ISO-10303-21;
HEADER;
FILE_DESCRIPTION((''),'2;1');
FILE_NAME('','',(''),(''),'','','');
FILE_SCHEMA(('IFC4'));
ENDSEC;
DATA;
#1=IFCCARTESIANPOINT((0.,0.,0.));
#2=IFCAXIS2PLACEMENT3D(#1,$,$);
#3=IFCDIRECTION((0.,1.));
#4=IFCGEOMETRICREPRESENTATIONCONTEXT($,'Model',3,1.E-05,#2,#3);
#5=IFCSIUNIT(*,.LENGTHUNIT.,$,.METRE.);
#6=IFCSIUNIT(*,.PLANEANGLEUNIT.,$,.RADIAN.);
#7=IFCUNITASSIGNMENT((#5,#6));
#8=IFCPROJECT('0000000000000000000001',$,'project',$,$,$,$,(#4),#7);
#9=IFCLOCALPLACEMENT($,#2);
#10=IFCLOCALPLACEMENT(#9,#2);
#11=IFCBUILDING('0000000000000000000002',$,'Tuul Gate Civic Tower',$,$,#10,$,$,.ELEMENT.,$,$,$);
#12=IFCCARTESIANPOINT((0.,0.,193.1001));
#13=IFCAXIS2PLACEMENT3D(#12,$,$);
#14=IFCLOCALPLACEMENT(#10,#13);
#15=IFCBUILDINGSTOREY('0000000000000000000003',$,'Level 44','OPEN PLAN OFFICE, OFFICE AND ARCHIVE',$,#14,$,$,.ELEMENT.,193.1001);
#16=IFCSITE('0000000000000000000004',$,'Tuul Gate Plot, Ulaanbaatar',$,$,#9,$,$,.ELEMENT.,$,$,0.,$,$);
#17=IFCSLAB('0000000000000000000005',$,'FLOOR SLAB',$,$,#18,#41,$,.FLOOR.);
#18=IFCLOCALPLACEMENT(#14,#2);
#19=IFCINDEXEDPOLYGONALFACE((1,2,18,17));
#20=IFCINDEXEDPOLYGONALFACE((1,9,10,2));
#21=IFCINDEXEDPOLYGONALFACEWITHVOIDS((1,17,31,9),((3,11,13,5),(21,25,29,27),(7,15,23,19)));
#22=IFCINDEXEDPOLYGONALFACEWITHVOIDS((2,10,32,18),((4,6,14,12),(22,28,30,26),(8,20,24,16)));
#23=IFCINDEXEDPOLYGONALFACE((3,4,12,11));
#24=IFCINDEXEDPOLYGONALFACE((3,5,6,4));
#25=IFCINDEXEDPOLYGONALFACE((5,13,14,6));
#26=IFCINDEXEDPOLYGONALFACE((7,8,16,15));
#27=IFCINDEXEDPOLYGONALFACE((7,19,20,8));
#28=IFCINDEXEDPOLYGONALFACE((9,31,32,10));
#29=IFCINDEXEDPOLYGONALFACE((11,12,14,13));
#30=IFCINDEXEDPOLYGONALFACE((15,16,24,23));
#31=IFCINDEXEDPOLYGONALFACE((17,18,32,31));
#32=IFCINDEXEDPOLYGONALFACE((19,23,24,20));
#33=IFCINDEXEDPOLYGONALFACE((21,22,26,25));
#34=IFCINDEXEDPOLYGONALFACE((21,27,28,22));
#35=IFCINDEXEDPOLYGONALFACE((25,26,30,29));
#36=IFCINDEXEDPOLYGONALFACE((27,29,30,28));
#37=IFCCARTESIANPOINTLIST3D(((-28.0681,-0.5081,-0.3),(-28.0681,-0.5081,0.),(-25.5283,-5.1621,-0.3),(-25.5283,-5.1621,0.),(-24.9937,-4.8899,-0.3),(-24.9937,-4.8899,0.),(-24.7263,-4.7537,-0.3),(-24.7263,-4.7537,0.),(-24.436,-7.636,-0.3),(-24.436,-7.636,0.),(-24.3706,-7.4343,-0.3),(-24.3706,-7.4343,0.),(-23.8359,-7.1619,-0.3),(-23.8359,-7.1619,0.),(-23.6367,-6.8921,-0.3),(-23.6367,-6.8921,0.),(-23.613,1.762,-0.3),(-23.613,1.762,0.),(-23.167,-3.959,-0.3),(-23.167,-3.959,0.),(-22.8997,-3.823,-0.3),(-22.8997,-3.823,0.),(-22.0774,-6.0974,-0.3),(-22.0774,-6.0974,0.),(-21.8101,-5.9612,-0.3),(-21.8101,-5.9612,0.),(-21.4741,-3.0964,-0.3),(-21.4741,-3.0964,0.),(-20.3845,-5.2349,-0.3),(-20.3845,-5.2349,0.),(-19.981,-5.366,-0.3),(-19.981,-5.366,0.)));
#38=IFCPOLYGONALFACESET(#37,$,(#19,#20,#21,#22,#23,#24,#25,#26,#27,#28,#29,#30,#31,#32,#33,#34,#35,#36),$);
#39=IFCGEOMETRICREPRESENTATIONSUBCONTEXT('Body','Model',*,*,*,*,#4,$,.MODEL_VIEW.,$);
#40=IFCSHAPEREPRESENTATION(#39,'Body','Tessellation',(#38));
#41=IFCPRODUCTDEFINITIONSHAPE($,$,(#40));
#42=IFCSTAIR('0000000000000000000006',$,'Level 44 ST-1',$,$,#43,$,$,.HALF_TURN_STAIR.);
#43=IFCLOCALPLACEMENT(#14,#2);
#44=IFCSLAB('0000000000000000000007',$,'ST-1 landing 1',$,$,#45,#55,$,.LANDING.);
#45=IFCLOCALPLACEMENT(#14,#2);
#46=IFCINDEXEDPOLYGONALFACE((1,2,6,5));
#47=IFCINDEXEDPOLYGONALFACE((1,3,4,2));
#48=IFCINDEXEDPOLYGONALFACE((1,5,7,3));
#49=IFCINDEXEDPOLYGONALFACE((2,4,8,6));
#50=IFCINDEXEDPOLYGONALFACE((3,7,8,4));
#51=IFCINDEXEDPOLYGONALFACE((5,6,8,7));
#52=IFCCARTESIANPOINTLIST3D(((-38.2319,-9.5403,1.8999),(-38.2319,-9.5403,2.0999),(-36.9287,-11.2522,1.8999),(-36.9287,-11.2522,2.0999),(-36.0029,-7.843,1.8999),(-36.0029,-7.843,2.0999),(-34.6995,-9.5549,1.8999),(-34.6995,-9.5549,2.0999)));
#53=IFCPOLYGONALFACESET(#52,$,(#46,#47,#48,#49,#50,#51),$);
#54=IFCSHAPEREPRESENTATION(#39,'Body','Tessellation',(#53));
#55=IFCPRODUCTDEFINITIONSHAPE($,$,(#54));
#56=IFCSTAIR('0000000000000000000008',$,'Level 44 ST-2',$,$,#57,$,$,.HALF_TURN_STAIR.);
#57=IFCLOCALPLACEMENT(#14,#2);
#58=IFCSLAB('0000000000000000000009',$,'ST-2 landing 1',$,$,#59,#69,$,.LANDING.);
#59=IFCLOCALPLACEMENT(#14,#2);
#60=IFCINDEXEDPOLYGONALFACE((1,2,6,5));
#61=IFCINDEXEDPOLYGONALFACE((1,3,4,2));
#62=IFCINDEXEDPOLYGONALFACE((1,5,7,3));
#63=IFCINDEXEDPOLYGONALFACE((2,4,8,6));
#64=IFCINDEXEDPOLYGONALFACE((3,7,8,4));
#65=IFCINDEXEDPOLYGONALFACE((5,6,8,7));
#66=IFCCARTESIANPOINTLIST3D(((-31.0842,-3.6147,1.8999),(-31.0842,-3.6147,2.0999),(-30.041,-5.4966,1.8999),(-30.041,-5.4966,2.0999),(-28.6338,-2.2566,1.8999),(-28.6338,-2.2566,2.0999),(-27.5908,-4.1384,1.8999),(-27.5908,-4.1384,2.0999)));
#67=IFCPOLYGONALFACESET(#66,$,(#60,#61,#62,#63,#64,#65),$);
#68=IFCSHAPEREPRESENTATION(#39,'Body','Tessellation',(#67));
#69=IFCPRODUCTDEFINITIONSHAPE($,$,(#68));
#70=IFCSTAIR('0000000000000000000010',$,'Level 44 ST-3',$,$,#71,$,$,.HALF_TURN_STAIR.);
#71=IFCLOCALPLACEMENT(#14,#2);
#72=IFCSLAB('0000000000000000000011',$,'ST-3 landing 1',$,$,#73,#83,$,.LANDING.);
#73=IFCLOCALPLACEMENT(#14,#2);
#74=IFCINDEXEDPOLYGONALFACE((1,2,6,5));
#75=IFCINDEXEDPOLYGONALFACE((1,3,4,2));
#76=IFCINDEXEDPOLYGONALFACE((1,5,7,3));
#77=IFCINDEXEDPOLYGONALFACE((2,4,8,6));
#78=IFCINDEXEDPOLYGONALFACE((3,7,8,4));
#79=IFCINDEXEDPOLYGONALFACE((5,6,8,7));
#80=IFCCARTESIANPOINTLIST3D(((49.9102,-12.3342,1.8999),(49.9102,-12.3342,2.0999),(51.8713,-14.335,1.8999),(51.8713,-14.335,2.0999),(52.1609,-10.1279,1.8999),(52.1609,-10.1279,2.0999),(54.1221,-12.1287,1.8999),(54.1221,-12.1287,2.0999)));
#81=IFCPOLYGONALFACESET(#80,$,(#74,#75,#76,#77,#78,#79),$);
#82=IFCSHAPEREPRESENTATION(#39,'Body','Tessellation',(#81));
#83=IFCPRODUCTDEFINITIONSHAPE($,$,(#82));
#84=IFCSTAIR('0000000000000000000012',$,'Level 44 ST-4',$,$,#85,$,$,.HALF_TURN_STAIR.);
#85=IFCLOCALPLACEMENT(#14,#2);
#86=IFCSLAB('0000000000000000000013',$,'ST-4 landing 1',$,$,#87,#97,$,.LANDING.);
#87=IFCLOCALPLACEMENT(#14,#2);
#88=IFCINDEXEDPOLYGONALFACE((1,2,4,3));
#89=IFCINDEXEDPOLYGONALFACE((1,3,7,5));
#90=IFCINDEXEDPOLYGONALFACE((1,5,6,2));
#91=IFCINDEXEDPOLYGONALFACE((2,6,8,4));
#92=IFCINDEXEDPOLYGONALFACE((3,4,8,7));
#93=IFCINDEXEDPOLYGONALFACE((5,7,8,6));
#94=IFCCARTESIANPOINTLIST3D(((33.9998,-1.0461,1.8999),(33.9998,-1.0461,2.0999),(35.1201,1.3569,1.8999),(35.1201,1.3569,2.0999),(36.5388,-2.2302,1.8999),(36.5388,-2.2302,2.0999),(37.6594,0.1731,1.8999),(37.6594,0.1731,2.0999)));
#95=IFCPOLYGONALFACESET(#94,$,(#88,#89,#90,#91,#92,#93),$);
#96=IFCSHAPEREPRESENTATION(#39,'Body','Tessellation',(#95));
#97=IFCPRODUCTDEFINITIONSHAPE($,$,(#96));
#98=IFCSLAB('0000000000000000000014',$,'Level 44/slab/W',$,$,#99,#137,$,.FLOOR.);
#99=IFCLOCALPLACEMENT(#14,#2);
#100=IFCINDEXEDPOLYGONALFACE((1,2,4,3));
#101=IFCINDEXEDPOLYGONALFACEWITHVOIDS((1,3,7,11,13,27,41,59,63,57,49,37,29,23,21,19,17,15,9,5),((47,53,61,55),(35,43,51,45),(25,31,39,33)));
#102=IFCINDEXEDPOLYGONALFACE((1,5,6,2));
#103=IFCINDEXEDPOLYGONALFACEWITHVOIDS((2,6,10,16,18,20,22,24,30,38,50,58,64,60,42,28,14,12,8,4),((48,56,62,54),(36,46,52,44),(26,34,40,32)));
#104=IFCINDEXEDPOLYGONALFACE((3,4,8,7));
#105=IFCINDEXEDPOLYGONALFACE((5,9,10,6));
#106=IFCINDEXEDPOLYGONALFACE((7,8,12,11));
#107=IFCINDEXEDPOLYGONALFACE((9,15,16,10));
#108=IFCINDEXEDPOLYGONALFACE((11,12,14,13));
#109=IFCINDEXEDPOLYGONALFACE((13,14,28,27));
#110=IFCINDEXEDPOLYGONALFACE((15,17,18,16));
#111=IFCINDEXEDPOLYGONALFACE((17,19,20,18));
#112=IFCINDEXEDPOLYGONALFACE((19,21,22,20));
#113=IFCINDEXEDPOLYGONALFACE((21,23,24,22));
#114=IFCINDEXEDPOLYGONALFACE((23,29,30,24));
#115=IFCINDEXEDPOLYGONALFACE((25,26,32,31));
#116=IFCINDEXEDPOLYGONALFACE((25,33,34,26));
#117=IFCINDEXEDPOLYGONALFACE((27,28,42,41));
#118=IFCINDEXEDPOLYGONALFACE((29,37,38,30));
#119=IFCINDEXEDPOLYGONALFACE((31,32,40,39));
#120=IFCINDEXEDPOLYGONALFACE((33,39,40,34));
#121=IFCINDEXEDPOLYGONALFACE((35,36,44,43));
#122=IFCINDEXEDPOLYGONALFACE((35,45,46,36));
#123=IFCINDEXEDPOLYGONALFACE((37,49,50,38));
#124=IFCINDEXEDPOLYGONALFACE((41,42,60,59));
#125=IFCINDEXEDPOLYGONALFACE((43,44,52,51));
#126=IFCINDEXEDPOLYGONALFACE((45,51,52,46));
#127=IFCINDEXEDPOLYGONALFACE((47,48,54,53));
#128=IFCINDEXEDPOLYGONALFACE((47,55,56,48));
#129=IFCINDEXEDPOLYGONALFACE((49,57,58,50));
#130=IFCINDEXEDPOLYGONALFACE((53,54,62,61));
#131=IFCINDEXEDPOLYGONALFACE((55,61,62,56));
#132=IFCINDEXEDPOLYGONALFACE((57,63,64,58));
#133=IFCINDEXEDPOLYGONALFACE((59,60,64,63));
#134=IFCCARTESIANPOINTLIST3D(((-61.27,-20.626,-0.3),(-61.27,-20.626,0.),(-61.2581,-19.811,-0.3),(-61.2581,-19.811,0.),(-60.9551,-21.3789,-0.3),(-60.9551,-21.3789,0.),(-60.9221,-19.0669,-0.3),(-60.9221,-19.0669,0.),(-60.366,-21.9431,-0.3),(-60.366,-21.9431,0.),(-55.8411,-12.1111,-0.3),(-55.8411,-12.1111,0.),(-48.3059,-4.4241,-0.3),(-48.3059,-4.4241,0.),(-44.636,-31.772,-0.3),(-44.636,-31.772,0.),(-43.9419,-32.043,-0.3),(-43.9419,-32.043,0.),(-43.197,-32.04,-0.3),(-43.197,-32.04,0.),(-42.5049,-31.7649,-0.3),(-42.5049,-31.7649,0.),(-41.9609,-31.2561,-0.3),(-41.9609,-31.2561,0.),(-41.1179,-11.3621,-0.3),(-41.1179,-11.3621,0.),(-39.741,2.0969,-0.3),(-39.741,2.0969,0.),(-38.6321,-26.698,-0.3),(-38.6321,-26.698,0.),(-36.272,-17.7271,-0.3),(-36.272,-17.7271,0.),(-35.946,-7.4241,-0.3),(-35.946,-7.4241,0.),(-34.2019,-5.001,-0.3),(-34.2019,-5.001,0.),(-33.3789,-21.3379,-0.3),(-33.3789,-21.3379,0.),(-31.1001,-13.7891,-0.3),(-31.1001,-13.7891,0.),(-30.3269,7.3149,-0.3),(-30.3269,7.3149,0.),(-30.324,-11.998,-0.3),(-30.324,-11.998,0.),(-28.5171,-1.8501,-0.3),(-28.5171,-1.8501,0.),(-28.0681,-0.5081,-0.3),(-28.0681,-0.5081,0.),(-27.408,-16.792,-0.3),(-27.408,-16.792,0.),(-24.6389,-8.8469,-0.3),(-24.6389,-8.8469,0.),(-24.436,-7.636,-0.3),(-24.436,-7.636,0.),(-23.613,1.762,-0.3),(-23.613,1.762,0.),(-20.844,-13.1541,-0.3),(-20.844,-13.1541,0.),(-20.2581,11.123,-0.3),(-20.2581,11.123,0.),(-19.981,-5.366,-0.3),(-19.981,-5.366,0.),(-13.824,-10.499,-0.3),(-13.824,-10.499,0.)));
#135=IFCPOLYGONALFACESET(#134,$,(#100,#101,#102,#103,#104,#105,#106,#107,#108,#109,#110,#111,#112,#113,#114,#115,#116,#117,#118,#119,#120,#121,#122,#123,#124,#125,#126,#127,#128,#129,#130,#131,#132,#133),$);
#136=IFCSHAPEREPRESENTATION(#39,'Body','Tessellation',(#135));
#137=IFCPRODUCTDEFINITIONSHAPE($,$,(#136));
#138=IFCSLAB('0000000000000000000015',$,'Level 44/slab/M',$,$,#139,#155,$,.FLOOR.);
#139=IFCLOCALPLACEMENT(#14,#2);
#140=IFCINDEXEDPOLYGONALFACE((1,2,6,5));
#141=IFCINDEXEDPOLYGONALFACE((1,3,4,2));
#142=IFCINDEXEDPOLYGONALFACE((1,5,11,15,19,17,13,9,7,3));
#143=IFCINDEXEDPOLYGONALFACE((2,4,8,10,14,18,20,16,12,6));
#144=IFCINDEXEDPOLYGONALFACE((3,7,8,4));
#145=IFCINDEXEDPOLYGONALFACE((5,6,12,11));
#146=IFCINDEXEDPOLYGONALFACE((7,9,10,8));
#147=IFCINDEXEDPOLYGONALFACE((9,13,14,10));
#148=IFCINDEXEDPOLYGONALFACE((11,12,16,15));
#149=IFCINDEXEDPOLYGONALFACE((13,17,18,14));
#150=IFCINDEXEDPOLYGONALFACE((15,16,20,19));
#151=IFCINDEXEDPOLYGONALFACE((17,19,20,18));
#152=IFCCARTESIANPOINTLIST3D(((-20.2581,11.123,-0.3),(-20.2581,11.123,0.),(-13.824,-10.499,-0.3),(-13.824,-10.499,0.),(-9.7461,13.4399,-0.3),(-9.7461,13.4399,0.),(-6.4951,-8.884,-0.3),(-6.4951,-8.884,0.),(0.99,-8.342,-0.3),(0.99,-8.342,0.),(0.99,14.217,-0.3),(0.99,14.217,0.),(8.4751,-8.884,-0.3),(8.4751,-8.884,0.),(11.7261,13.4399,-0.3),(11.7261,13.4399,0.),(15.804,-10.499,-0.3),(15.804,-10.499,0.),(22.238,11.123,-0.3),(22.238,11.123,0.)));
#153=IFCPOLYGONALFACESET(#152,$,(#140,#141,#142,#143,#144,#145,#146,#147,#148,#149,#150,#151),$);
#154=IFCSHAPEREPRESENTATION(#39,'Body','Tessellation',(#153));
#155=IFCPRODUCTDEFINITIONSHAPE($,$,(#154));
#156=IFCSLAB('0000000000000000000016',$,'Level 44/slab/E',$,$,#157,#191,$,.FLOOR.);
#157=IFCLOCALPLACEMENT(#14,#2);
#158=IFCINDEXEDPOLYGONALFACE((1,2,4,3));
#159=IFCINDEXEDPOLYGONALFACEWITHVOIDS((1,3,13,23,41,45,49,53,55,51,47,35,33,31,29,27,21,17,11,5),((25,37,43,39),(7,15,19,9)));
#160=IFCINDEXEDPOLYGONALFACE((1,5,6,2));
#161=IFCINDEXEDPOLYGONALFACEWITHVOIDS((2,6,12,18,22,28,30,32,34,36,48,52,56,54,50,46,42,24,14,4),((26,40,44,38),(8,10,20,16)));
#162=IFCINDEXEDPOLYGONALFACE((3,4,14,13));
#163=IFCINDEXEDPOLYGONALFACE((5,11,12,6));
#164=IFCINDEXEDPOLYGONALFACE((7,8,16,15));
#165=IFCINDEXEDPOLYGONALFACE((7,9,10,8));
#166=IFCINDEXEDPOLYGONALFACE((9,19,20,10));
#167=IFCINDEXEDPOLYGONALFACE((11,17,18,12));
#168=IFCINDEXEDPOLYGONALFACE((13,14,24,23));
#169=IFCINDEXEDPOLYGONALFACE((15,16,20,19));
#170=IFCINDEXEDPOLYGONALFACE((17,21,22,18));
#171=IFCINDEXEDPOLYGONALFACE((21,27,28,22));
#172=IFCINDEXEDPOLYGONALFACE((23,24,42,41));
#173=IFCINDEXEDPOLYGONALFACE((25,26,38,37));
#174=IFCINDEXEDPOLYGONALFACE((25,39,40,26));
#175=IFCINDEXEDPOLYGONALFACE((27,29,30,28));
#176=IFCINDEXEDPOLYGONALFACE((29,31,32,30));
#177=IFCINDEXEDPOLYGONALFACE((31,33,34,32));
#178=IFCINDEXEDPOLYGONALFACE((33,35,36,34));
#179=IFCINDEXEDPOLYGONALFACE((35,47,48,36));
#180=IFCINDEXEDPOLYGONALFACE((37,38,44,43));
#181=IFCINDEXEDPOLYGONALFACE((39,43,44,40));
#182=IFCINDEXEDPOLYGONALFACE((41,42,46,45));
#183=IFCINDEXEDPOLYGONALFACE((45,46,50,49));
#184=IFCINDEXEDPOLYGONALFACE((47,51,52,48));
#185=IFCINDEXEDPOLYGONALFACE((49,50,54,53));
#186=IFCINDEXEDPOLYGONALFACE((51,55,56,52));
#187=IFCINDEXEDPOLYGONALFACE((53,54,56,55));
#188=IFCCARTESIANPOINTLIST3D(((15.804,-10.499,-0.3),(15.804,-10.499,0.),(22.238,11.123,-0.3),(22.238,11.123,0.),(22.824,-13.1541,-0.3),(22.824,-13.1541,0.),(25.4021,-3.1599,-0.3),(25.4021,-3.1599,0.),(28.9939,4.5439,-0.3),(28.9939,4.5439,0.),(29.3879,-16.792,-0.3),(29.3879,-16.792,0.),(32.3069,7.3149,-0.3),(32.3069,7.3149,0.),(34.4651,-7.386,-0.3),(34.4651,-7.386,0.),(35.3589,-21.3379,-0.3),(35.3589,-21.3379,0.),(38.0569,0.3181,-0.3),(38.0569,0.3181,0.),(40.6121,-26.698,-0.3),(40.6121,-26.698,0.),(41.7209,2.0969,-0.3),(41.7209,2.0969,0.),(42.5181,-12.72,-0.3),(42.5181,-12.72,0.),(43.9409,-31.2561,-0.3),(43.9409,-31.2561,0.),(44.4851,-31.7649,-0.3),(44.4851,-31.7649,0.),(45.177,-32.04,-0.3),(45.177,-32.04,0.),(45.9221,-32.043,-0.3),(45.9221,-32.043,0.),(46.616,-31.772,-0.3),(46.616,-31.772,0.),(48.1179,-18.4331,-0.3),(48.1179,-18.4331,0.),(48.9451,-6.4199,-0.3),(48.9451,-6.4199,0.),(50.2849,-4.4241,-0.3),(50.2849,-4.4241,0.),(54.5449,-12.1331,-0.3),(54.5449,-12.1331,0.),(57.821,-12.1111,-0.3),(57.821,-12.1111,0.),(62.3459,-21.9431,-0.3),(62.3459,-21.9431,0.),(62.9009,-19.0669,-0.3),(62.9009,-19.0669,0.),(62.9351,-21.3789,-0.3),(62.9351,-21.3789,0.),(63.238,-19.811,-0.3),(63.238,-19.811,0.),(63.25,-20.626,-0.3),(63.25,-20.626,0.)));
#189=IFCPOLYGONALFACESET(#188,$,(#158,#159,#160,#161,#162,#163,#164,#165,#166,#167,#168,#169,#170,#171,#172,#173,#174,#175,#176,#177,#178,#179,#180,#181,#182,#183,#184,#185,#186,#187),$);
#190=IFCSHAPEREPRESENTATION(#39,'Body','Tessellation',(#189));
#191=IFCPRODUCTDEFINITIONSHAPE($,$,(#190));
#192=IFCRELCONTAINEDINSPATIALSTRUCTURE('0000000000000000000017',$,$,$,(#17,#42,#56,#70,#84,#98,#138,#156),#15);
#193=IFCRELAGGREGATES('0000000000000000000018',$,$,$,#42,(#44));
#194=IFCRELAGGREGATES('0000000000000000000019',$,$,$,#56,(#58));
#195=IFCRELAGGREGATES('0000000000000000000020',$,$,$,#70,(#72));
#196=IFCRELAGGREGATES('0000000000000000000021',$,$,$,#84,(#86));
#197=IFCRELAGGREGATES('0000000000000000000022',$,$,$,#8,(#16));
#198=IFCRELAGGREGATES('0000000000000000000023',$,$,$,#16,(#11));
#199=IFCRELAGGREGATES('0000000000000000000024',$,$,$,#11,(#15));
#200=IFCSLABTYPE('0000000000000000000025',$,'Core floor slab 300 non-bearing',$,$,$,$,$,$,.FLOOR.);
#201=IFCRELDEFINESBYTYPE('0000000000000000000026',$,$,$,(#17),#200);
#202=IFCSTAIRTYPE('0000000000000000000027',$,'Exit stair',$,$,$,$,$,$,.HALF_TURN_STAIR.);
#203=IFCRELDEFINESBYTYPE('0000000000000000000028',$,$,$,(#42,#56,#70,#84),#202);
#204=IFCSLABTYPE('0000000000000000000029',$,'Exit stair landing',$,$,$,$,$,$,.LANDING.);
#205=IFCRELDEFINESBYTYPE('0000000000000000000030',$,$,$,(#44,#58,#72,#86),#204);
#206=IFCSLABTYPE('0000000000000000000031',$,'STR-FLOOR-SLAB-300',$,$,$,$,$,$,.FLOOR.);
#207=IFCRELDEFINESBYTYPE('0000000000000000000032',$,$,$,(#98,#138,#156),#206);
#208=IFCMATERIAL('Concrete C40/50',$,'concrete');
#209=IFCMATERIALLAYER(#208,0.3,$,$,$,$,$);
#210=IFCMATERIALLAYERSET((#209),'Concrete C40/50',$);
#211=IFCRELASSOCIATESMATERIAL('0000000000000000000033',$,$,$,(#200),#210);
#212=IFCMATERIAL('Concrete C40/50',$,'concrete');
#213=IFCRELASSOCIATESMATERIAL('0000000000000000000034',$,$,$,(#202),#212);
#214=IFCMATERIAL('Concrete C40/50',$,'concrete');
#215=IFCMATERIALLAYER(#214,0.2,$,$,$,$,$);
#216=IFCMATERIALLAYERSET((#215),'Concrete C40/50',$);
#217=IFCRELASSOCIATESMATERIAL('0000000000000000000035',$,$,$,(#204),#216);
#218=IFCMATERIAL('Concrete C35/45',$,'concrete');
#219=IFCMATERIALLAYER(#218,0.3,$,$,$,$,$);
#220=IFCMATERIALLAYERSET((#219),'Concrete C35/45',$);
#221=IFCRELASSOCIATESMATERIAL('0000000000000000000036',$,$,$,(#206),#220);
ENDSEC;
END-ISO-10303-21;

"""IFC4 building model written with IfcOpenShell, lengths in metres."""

from ifc_helpers import new_model, si_unit, direction, frame, origin, place, context, subcontext, project, spatial, polyline, outline, extrude, material, layer, layer_set, type_object, element, aggregate, save


model = new_model("IFC4")

# Units and contexts
model_context = context("Model", 3, precision=1e-05, world=origin(), true_north=direction((0.0, 1.0)))
body_context = subcontext(model_context, "Body", "Model", "MODEL_VIEW")
ifc_project = project(units=[si_unit("LENGTHUNIT", "METRE"), si_unit("PLANEANGLEUNIT", "RADIAN")], contexts=[model_context])

# Site, building, storey
site_placement = place(None, origin())
site = spatial("IfcSite", under=ifc_project, at=site_placement, Name="Tuul Gate Plot, Ulaanbaatar", CompositionType="ELEMENT", RefElevation=0.0)
building_placement = place(site_placement, origin())
building = spatial("IfcBuilding", under=site, at=building_placement, Name="Tuul Gate Civic Tower", CompositionType="ELEMENT")
storey_placement = place(building_placement, frame((0.0, 0.0, 193.1001)))
storey = spatial("IfcBuildingStorey", under=building, at=storey_placement, Name="Level 44", Description="OPEN PLAN OFFICE, OFFICE AND ARCHIVE", CompositionType="ELEMENT", Elevation=193.1001)

# Slab
ifc_material_1 = material(Name="Concrete C40/50", Category="concrete")
ifc_layer_1 = layer(ifc_material_1, 0.3)
ifc_layer_set_1 = layer_set([ifc_layer_1], Name="Concrete C40/50")
slab_type_1 = type_object("IfcSlabType", Name="Core floor slab 300 non-bearing", PredefinedType="FLOOR", material=ifc_layer_set_1)
slab_1_placement = place(storey_placement, frame((0.0, 0.0, -0.3)))
element("IfcSlab", 1, at=slab_1_placement, inside=storey, type_object=slab_type_1, Name="FLOOR SLAB", PredefinedType="FLOOR", context=body_context, shape_type="SweptSolid", body=[
    extrude(outline(polyline([(-19.981, -5.366), (-23.613, 1.762), (-28.0681, -0.5081), (-24.436, -7.636), (-19.981, -5.366)]), holes=[polyline([(-20.3845, -5.2349), (-21.4741, -3.0964), (-22.8997, -3.823), (-21.8101, -5.9612), (-20.3845, -5.2349)]), polyline([(-22.0774, -6.0974), (-23.167, -3.959), (-24.7263, -4.7537), (-23.6367, -6.8921), (-22.0774, -6.0974)]), polyline([(-23.8359, -7.1619), (-24.9937, -4.8899), (-25.5283, -5.1621), (-24.3706, -7.4343), (-23.8359, -7.1619)])]), origin(), (0.0, 0.0, 1.0), 0.3),
])

# Stairs, slabs
ifc_material_2 = material(Name="Concrete C40/50", Category="concrete")
stair_type = type_object("IfcStairType", Name="Exit stair", PredefinedType="HALF_TURN_STAIR", material=ifc_material_2)
stair_1_placement = place(storey_placement, origin())
stair_1 = element("IfcStair", 2, at=stair_1_placement, inside=storey, type_object=stair_type, Name="Level 44 ST-1", PredefinedType="HALF_TURN_STAIR")
ifc_material_3 = material(Name="Concrete C40/50", Category="concrete")
ifc_layer_2 = layer(ifc_material_3, 0.2)
ifc_layer_set_2 = layer_set([ifc_layer_2], Name="Concrete C40/50")
slab_type_2 = type_object("IfcSlabType", Name="Exit stair landing", PredefinedType="LANDING", material=ifc_layer_set_2)
slab_2_placement = place(storey_placement, frame((0.0, 0.0, 1.8999)))
slab_2 = element("IfcSlab", 3, at=slab_2_placement, type_object=slab_type_2, Name="ST-1 landing 1", PredefinedType="LANDING", context=body_context, shape_type="SweptSolid", body=[
    extrude(outline(polyline([(-34.6995, -9.5549), (-36.9287, -11.2522), (-38.2319, -9.5403), (-36.0029, -7.843), (-34.6995, -9.5549)])), origin(), (0.0, 0.0, 1.0), 0.2),
])
aggregate(stair_1, [slab_2])
stair_2_placement = place(storey_placement, origin())
stair_2 = element("IfcStair", 4, at=stair_2_placement, inside=storey, type_object=stair_type, Name="Level 44 ST-2", PredefinedType="HALF_TURN_STAIR")
slab_3_placement = place(storey_placement, frame((0.0, 0.0, 1.8999)))
slab_3 = element("IfcSlab", 5, at=slab_3_placement, type_object=slab_type_2, Name="ST-2 landing 1", PredefinedType="LANDING", context=body_context, shape_type="SweptSolid", body=[
    extrude(outline(polyline([(-27.5908, -4.1384), (-30.041, -5.4966), (-31.0842, -3.6147), (-28.6338, -2.2566), (-27.5908, -4.1384)])), origin(), (0.0, 0.0, 1.0), 0.2),
])
aggregate(stair_2, [slab_3])
stair_3_placement = place(storey_placement, origin())
stair_3 = element("IfcStair", 6, at=stair_3_placement, inside=storey, type_object=stair_type, Name="Level 44 ST-3", PredefinedType="HALF_TURN_STAIR")
slab_4_placement = place(storey_placement, frame((0.0, 0.0, 1.8999)))
slab_4 = element("IfcSlab", 7, at=slab_4_placement, type_object=slab_type_2, Name="ST-3 landing 1", PredefinedType="LANDING", context=body_context, shape_type="SweptSolid", body=[
    extrude(outline(polyline([(51.8713, -14.335), (49.9102, -12.3342), (52.1609, -10.1279), (54.1221, -12.1287), (51.8713, -14.335)])), origin(), (0.0, 0.0, 1.0), 0.2),
])
aggregate(stair_3, [slab_4])
stair_4_placement = place(storey_placement, origin())
stair_4 = element("IfcStair", 8, at=stair_4_placement, inside=storey, type_object=stair_type, Name="Level 44 ST-4", PredefinedType="HALF_TURN_STAIR")
slab_5_placement = place(storey_placement, frame((0.0, 0.0, 1.8999)))
slab_5 = element("IfcSlab", 9, at=slab_5_placement, type_object=slab_type_2, Name="ST-4 landing 1", PredefinedType="LANDING", context=body_context, shape_type="SweptSolid", body=[
    extrude(outline(polyline([(36.5388, -2.2302), (33.9998, -1.0461), (35.1201, 1.3569), (37.6594, 0.1731), (36.5388, -2.2302)])), origin(), (0.0, 0.0, 1.0), 0.2),
])
aggregate(stair_4, [slab_5])

# Slabs
ifc_material_4 = material(Name="Concrete C35/45", Category="concrete")
ifc_layer_3 = layer(ifc_material_4, 0.3)
ifc_layer_set_3 = layer_set([ifc_layer_3], Name="Concrete C35/45")
slab_type_3 = type_object("IfcSlabType", Name="STR-FLOOR-SLAB-300", PredefinedType="FLOOR", material=ifc_layer_set_3)
slab_6_placement = place(storey_placement, frame((0.0, 0.0, -0.3)))
element("IfcSlab", 10, at=slab_6_placement, inside=storey, type_object=slab_type_3, Name="Level 44/slab/W", PredefinedType="FLOOR", context=body_context, shape_type="SweptSolid", body=[
    extrude(outline(polyline([(-20.844, -13.1541), (-13.824, -10.499), (-20.2581, 11.123), (-30.3269, 7.3149), (-39.741, 2.0969), (-48.3059, -4.4241), (-55.8411, -12.1111), (-60.9221, -19.0669), (-61.2581, -19.811), (-61.27, -20.626), (-60.9551, -21.3789), (-60.366, -21.9431), (-44.636, -31.772), (-43.9419, -32.043), (-43.197, -32.04), (-42.5049, -31.7649), (-41.9609, -31.2561), (-38.6321, -26.698), (-33.3789, -21.3379), (-27.408, -16.792), (-20.844, -13.1541)]), holes=[polyline([(-31.1001, -13.7891), (-36.272, -17.7271), (-41.1179, -11.3621), (-35.946, -7.4241), (-31.1001, -13.7891)]), polyline([(-24.6389, -8.8469), (-30.324, -11.998), (-34.2019, -5.001), (-28.5171, -1.8501), (-24.6389, -8.8469)]), polyline([(-24.436, -7.636), (-28.0681, -0.5081), (-23.613, 1.762), (-19.981, -5.366), (-24.436, -7.636)])]), origin(), (0.0, 0.0, 1.0), 0.3),
])
slab_7_placement = place(storey_placement, frame((0.0, 0.0, -0.3)))
element("IfcSlab", 11, at=slab_7_placement, inside=storey, type_object=slab_type_3, Name="Level 44/slab/M", PredefinedType="FLOOR", context=body_context, shape_type="SweptSolid", body=[
    extrude(outline(polyline([(15.804, -10.499), (22.238, 11.123), (11.7261, 13.4399), (0.99, 14.217), (-9.7461, 13.4399), (-20.2581, 11.123), (-13.824, -10.499), (-6.4951, -8.884), (0.99, -8.342), (8.4751, -8.884), (15.804, -10.499)])), origin(), (0.0, 0.0, 1.0), 0.3),
])
slab_8_placement = place(storey_placement, frame((0.0, 0.0, -0.3)))
element("IfcSlab", 12, at=slab_8_placement, inside=storey, type_object=slab_type_3, Name="Level 44/slab/E", PredefinedType="FLOOR", context=body_context, shape_type="SweptSolid", body=[
    extrude(outline(polyline([(45.9221, -32.043), (46.616, -31.772), (62.3459, -21.9431), (62.9351, -21.3789), (63.25, -20.626), (63.238, -19.811), (62.9009, -19.0669), (57.821, -12.1111), (50.2849, -4.4241), (41.7209, 2.0969), (32.3069, 7.3149), (22.238, 11.123), (15.804, -10.499), (22.824, -13.1541), (29.3879, -16.792), (35.3589, -21.3379), (40.6121, -26.698), (43.9409, -31.2561), (44.4851, -31.7649), (45.177, -32.04), (45.9221, -32.043)]), holes=[polyline([(48.1179, -18.4331), (42.5181, -12.72), (48.9451, -6.4199), (54.5449, -12.1331), (48.1179, -18.4331)]), polyline([(25.4021, -3.1599), (28.9939, 4.5439), (38.0569, 0.3181), (34.4651, -7.386), (25.4021, -3.1599)])]), origin(), (0.0, 0.0, 1.0), 0.3),
])

save(model, "model.ifc")
